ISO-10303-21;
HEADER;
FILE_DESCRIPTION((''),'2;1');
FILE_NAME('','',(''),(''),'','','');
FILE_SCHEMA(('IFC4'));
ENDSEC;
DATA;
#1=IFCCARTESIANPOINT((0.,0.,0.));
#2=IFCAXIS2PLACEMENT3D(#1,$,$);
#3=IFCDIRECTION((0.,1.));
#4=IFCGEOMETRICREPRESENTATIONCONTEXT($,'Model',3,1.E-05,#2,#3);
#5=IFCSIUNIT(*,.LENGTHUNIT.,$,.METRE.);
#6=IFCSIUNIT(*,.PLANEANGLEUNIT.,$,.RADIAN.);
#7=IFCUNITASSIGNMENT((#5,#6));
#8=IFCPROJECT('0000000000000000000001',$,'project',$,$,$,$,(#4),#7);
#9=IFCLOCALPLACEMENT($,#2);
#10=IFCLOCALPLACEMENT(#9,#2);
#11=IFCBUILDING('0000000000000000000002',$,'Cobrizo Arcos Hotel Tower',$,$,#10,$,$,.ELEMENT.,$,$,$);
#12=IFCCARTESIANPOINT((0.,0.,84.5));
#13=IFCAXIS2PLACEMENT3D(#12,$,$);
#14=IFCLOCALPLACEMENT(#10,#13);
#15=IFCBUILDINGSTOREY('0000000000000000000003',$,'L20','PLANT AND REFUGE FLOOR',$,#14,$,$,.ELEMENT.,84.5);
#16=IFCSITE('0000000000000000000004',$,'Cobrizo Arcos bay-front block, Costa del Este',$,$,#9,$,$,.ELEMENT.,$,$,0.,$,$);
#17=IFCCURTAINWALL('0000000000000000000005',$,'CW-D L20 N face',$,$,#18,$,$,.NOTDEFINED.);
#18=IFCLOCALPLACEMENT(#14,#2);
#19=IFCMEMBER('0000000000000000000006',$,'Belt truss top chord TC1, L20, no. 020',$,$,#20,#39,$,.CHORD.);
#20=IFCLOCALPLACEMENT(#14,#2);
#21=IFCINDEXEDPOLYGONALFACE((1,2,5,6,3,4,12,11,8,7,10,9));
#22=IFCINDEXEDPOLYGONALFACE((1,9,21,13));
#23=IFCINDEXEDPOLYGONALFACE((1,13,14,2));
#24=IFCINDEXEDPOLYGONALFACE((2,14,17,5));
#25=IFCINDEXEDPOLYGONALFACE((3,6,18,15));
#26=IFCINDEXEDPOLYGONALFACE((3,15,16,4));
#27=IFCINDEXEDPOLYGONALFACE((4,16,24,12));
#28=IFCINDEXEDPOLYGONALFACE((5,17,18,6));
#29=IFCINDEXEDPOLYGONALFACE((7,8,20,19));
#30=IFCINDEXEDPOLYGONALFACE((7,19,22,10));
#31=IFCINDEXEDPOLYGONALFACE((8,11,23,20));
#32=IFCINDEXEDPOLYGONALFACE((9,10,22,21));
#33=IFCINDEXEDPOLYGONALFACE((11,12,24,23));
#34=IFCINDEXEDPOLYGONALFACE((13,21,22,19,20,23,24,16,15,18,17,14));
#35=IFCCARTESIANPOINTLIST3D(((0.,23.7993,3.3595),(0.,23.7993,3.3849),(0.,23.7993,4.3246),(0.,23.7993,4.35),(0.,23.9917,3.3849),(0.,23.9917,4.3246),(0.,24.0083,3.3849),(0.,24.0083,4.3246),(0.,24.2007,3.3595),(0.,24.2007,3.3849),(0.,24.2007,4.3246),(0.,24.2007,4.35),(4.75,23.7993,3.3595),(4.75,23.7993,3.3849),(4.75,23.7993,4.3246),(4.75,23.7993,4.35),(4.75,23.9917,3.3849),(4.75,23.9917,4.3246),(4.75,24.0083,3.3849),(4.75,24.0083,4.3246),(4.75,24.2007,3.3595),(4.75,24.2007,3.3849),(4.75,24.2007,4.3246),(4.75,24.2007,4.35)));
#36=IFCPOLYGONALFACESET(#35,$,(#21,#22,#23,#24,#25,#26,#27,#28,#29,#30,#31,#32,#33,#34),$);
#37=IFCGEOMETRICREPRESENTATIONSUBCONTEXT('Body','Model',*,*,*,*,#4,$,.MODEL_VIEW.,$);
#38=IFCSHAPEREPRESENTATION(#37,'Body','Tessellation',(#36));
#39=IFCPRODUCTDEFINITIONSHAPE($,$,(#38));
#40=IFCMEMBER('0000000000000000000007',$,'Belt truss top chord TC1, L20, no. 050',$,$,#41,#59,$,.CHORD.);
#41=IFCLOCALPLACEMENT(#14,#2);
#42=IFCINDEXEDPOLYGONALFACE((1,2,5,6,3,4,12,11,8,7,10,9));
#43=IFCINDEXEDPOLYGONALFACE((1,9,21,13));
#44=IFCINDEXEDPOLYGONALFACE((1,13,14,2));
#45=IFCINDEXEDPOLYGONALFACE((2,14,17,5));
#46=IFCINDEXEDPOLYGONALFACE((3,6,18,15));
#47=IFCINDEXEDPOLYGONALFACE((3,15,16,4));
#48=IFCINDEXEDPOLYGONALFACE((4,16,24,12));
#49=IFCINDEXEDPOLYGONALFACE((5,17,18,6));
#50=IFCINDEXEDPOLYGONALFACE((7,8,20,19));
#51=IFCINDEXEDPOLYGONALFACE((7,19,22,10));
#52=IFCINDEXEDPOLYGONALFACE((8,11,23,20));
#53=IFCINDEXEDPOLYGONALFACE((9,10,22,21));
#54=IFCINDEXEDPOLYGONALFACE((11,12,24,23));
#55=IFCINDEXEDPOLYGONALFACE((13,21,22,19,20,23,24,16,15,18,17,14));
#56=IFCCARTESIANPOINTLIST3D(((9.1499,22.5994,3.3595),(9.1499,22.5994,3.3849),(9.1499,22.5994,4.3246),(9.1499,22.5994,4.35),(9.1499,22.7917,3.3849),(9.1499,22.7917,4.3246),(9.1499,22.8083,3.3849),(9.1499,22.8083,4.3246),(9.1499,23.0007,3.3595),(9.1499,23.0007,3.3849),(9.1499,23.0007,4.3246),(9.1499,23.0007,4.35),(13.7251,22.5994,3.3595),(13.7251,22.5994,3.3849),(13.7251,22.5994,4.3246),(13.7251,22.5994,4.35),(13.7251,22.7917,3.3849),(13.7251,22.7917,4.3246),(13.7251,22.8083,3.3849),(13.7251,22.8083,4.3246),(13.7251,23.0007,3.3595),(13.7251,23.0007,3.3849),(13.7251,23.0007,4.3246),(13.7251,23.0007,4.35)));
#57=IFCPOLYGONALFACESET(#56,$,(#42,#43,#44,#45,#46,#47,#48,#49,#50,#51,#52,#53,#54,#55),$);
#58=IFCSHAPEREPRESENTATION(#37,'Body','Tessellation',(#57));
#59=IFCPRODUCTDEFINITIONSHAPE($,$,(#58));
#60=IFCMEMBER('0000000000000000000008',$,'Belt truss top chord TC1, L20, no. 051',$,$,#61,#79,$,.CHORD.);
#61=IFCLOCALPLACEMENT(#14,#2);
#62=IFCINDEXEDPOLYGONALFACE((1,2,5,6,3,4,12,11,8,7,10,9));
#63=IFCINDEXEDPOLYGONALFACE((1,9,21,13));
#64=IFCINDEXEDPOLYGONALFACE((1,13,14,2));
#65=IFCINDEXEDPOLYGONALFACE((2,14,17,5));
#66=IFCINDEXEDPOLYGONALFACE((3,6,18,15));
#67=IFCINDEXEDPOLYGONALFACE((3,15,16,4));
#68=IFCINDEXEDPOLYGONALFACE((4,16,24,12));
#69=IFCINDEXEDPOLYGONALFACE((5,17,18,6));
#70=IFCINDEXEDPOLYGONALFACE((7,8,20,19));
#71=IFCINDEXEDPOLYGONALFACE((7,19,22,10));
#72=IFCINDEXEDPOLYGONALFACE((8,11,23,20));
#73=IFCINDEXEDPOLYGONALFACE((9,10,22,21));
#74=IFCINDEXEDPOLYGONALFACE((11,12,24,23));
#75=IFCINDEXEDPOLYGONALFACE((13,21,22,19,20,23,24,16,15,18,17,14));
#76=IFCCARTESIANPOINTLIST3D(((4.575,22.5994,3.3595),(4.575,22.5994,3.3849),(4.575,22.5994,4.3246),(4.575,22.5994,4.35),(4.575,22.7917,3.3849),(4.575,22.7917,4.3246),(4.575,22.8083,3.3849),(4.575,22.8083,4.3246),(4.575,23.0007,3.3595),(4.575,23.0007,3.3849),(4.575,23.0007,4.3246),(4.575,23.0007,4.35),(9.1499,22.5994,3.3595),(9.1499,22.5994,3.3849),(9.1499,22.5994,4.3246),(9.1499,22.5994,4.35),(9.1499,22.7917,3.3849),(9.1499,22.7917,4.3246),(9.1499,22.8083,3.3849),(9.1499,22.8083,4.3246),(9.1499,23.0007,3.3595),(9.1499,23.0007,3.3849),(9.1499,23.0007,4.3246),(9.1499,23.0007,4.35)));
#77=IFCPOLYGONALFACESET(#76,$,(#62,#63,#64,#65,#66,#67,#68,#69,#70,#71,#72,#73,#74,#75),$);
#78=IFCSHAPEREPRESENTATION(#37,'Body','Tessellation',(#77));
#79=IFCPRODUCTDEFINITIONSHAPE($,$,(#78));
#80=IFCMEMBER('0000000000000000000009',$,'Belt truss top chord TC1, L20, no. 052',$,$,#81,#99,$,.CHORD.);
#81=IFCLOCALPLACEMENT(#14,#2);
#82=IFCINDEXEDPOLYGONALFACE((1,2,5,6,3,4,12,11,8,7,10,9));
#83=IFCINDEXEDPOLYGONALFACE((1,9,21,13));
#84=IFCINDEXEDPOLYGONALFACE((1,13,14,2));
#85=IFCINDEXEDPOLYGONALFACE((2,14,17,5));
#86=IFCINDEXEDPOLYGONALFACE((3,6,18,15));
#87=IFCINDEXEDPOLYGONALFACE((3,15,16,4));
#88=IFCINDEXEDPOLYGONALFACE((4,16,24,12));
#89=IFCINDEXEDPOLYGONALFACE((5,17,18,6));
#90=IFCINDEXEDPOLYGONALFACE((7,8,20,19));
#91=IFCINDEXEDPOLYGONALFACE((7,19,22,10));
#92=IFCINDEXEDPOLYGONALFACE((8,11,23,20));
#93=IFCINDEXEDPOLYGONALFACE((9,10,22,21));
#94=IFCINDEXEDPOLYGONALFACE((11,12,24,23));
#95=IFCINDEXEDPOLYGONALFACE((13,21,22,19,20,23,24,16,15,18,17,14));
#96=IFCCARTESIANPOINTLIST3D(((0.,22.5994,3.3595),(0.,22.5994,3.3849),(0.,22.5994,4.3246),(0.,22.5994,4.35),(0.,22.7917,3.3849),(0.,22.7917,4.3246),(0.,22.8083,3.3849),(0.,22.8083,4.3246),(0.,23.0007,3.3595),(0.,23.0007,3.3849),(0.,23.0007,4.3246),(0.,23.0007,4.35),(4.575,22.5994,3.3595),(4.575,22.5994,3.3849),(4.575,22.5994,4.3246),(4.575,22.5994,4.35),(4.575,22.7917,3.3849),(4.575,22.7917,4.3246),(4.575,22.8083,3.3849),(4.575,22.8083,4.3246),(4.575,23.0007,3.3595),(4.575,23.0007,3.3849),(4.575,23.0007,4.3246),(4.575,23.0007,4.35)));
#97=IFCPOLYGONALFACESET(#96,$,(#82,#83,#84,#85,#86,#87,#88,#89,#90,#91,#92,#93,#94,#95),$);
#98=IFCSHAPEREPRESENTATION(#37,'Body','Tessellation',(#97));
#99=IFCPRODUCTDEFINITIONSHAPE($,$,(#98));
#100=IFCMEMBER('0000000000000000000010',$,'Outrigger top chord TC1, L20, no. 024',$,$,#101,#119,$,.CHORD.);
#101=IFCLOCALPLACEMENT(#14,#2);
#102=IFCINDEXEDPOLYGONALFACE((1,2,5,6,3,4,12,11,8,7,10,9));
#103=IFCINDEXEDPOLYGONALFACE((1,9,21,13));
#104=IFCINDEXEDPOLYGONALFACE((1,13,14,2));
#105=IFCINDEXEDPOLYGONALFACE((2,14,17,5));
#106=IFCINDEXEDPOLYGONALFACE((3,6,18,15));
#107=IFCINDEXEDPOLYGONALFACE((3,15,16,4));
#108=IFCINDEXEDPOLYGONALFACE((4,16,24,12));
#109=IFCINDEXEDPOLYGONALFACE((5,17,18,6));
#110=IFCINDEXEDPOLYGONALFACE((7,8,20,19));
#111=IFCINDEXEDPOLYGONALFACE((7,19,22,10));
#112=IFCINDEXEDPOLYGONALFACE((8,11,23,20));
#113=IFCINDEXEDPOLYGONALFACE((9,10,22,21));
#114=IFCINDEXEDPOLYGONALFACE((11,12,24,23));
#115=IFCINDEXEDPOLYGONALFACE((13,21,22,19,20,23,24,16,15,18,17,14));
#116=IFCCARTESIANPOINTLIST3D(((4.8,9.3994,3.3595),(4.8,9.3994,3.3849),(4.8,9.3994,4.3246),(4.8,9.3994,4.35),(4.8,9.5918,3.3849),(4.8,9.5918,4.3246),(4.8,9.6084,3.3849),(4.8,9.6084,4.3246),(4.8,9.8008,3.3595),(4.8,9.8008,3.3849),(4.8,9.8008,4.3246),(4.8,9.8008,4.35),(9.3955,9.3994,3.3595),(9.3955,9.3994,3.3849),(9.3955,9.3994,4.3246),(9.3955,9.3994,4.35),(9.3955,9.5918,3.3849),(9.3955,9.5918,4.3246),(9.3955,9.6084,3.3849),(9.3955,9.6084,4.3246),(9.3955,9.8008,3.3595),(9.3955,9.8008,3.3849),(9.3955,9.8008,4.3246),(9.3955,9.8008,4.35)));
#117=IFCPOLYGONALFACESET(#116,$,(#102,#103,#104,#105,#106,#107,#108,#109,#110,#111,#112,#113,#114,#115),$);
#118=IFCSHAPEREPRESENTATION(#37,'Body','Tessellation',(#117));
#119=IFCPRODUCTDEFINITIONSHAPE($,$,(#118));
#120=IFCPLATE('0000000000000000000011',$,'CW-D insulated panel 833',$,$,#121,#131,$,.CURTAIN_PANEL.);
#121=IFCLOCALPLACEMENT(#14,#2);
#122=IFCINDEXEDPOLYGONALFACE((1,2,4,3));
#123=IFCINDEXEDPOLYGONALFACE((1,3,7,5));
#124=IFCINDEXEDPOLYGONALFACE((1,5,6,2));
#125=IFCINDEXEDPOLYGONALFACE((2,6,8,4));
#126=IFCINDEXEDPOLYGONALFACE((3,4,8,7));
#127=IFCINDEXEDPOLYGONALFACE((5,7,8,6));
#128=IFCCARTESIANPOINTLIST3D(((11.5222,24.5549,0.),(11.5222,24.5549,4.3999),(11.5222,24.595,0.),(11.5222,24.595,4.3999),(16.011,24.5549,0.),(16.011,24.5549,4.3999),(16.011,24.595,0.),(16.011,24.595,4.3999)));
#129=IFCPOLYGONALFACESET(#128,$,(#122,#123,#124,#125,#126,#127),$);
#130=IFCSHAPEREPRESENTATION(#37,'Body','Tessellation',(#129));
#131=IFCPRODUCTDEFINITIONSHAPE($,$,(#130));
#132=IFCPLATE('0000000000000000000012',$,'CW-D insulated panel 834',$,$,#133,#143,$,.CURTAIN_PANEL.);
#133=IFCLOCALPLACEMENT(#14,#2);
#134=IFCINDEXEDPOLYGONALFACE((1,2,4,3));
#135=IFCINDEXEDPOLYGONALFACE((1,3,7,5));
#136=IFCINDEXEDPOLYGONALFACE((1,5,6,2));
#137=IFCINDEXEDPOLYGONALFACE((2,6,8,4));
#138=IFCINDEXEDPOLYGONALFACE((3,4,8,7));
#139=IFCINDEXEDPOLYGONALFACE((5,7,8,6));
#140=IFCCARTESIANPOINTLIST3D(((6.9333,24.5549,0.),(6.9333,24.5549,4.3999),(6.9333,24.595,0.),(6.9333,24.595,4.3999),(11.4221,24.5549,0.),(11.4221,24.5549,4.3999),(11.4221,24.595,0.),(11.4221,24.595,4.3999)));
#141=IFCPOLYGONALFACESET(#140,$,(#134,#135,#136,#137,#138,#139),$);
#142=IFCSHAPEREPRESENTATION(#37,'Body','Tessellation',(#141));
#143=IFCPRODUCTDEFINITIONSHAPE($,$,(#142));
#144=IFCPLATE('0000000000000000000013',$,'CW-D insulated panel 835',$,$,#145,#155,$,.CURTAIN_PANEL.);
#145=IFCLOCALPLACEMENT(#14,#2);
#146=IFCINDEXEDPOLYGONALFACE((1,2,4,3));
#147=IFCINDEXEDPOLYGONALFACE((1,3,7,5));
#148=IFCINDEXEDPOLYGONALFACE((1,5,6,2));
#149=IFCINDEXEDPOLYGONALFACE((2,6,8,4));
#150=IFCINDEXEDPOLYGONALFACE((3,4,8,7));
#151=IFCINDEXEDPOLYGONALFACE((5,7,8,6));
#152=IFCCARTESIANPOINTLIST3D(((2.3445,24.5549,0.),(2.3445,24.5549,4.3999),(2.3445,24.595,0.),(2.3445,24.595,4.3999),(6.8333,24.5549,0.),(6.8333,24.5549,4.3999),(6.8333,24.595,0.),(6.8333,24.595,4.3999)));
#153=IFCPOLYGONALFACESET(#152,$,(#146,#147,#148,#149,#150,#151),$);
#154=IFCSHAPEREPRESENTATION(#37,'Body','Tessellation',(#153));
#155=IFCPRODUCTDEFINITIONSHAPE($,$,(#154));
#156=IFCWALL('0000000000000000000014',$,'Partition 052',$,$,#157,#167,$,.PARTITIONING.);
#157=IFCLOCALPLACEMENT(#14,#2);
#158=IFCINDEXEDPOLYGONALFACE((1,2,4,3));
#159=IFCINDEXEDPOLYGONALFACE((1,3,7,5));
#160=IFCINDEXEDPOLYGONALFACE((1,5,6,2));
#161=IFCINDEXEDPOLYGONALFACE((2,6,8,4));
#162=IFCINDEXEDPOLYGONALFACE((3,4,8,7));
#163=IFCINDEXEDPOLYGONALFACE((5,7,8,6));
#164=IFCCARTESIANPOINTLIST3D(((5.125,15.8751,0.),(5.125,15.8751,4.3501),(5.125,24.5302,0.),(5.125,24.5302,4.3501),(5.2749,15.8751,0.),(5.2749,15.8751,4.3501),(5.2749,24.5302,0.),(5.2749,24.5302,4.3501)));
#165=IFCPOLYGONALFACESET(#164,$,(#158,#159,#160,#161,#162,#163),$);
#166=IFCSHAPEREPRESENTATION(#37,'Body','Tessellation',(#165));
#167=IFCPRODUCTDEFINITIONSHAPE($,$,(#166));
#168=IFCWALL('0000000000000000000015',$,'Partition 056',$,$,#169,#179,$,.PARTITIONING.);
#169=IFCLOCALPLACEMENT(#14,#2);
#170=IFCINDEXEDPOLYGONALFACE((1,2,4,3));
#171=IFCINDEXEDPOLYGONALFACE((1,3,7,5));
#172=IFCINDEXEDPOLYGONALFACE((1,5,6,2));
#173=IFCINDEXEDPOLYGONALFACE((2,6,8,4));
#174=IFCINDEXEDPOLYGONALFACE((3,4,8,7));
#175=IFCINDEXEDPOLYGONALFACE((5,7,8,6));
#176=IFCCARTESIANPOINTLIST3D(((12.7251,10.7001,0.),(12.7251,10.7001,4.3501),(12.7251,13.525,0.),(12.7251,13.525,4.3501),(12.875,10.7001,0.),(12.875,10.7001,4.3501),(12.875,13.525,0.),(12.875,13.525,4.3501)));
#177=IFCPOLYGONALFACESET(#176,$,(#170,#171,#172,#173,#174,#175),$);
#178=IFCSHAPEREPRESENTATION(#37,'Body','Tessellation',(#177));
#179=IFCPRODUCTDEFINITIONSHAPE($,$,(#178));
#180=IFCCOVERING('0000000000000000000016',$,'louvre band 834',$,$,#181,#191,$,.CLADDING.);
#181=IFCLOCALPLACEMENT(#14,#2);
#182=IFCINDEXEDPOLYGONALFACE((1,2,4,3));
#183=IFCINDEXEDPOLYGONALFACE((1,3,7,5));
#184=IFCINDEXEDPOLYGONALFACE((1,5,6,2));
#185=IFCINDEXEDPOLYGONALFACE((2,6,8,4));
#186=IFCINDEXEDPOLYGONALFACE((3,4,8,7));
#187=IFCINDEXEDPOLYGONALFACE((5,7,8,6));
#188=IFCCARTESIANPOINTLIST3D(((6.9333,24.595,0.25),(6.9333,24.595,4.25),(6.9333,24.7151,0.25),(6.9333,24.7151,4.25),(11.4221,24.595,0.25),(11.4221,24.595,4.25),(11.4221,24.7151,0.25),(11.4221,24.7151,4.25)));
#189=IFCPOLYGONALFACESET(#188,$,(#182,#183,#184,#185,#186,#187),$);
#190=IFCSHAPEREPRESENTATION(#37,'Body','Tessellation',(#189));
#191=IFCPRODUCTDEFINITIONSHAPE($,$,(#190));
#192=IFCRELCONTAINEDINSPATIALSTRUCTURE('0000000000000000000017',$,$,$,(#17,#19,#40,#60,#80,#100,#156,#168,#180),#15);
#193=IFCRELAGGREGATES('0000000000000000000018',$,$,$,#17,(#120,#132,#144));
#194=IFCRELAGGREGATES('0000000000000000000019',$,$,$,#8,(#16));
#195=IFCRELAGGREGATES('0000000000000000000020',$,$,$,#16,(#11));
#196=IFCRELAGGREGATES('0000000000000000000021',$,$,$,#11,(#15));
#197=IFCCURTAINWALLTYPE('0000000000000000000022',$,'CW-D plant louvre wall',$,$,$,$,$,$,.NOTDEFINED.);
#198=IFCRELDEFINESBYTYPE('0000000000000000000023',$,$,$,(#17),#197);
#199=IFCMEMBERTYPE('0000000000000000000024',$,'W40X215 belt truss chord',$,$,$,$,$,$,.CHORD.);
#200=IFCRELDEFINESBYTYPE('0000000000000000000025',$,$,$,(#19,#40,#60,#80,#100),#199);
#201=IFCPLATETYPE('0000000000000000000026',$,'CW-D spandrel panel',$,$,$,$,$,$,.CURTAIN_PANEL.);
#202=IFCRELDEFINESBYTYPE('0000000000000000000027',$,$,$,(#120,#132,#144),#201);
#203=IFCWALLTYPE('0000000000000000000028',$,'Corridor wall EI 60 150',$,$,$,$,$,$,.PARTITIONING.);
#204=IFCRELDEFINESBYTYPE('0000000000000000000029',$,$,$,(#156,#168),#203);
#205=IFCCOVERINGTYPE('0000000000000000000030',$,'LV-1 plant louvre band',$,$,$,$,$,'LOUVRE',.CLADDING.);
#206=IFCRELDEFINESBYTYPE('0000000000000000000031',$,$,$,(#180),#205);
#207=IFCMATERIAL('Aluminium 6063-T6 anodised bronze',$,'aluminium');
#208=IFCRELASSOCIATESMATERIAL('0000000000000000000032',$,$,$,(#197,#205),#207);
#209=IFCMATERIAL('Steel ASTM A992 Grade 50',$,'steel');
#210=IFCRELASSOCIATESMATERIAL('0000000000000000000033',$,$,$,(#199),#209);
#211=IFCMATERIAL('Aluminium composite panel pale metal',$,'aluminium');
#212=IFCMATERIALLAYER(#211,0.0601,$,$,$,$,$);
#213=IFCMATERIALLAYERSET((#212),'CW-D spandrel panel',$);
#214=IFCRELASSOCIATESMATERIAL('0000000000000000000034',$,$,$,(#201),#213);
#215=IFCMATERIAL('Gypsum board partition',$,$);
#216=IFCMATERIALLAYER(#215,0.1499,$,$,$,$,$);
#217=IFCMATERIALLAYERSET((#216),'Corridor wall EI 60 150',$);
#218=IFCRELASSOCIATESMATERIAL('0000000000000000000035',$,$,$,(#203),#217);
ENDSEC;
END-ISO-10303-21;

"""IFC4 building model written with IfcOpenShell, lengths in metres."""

from ifc_helpers import new_model, si_unit, direction, frame, frame_2d, origin, origin_2d, place, context, subcontext, project, spatial, rectangle, i_section, extrude, material, layer, layer_set, material_profile, profile_set, type_object, element, aggregate, save


model = new_model("IFC4")

# Units and contexts
model_context = context("Model", 3, precision=1e-05, world=origin(), true_north=direction((0.0, 1.0)))
body_context = subcontext(model_context, "Body", "Model", "MODEL_VIEW")
ifc_project = project(units=[si_unit("LENGTHUNIT", "METRE"), si_unit("PLANEANGLEUNIT", "RADIAN")], contexts=[model_context])

# Site, building, storey
site_placement = place(None, origin())
site = spatial("IfcSite", under=ifc_project, at=site_placement, Name="Cobrizo Arcos bay-front block, Costa del Este", CompositionType="ELEMENT", RefElevation=0.0)
building_placement = place(site_placement, origin())
building = spatial("IfcBuilding", under=site, at=building_placement, Name="Cobrizo Arcos Hotel Tower", CompositionType="ELEMENT")
storey_placement = place(building_placement, frame((0.0, 0.0, 84.5)))
storey = spatial("IfcBuildingStorey", under=building, at=storey_placement, Name="L20", Description="PLANT AND REFUGE FLOOR", CompositionType="ELEMENT", Elevation=84.5)

# Curtain wall
ifc_material_1 = material(Name="Aluminium 6063-T6 anodised bronze", Category="aluminium")
curtain_wall_type = type_object("IfcCurtainWallType", Name="CW-D plant louvre wall", PredefinedType="NOTDEFINED", material=ifc_material_1)
curtain_wall_placement = place(storey_placement, origin())
curtain_wall = element("IfcCurtainWall", 1, at=curtain_wall_placement, inside=storey, type_object=curtain_wall_type, Name="CW-D L20 N face", PredefinedType="NOTDEFINED")

# Members
ifc_material_2 = material(Name="Steel ASTM A992 Grade 50", Category="steel")
ifc_material_profile_1 = material_profile(ifc_material_2, i_section(OverallWidth=0.4014, OverallDepth=0.9905, WebThickness=0.0166, FlangeThickness=0.0254, at=origin_2d()), Name="W40X215")
ifc_profile_set_1 = profile_set([ifc_material_profile_1], Name="Steel ASTM A992 Grade 50")
member_type_1 = type_object("IfcMemberType", Name="W40X215 belt truss chord", PredefinedType="CHORD", material=ifc_profile_set_1)
member_1_placement = place(storey_placement, frame((4.75, 24.0, 3.8547), z_axis=(-1.0, 0.0, 0.0), x_axis=(0.0, -1.0, 0.0)))
element("IfcMember", 2, at=member_1_placement, inside=storey, type_object=member_type_1, Name="Belt truss top chord TC1, L20, no. 020", PredefinedType="CHORD", context=body_context, shape_type="SweptSolid", body=[
    extrude(i_section(OverallWidth=0.4014, OverallDepth=0.9905, WebThickness=0.0166, FlangeThickness=0.0254, at=origin_2d()), origin(), (0.0, 0.0, 1.0), 4.75),
])
member_2_placement = place(storey_placement, frame((13.7251, 22.8, 3.8547), z_axis=(-1.0, 0.0, 0.0), x_axis=(0.0, -1.0, 0.0)))
element("IfcMember", 3, at=member_2_placement, inside=storey, type_object=member_type_1, Name="Belt truss top chord TC1, L20, no. 050", PredefinedType="CHORD", context=body_context, shape_type="SweptSolid", body=[
    extrude(i_section(OverallWidth=0.4014, OverallDepth=0.9905, WebThickness=0.0166, FlangeThickness=0.0254, at=origin_2d()), origin(), (0.0, 0.0, 1.0), 4.5752),
])
for number, where, z_axis, x_axis, name in (
    (4, (9.1499, 22.8, 3.8547), (-1.0, 0.0, 0.0), (0.0, -1.0, 0.0), "Belt truss top chord TC1, L20, no. 051"),
    (5, (4.575, 22.8, 3.8547), (-1.0, 0.0, 0.0), (0.0, -1.0, 0.0), "Belt truss top chord TC1, L20, no. 052"),
):
    element("IfcMember", number, at=place(storey_placement, frame(where, z_axis=z_axis, x_axis=x_axis)), inside=storey, type_object=member_type_1, Name=name, PredefinedType="CHORD", context=body_context, shape_type="SweptSolid", body=[
        extrude(i_section(OverallWidth=0.4014, OverallDepth=0.9905, WebThickness=0.0166, FlangeThickness=0.0254, at=origin_2d()), origin(), (0.0, 0.0, 1.0), 4.575),
    ])
member_3_placement = place(storey_placement, frame((4.8, 9.6001, 3.8547), z_axis=(1.0, 0.0, 0.0), x_axis=(0.0, 1.0, 0.0)))
element("IfcMember", 6, at=member_3_placement, inside=storey, type_object=member_type_1, Name="Outrigger top chord TC1, L20, no. 024", PredefinedType="CHORD", context=body_context, shape_type="SweptSolid", body=[
    extrude(i_section(OverallWidth=0.4014, OverallDepth=0.9905, WebThickness=0.0166, FlangeThickness=0.0254, at=origin_2d()), origin(), (0.0, 0.0, 1.0), 4.5955),
])

# Plates
ifc_material_3 = material(Name="Aluminium composite panel pale metal", Category="aluminium")
ifc_layer_1 = layer(ifc_material_3, 0.0601)
ifc_layer_set_1 = layer_set([ifc_layer_1], Name="CW-D spandrel panel")
plate_type = type_object("IfcPlateType", Name="CW-D spandrel panel", PredefinedType="CURTAIN_PANEL", material=ifc_layer_set_1)
plate_1_placement = place(storey_placement, frame((13.7666, 24.575, 0.0), z_axis=(0.0, 0.0, 1.0), x_axis=(-1.0, 0.0, 0.0)))
plate_1 = element("IfcPlate", 7, at=plate_1_placement, type_object=plate_type, Name="CW-D insulated panel 833", PredefinedType="CURTAIN_PANEL", context=body_context, shape_type="SweptSolid", body=[
    extrude(rectangle(XDim=4.4888, YDim=0.04, at=origin_2d()), origin(), (0.0, 0.0, 1.0), 4.3999),
])
plate_2_placement = place(storey_placement, frame((9.1777, 24.575, 0.0), z_axis=(0.0, 0.0, 1.0), x_axis=(-1.0, 0.0, 0.0)))
plate_2 = element("IfcPlate", 8, at=plate_2_placement, type_object=plate_type, Name="CW-D insulated panel 834", PredefinedType="CURTAIN_PANEL", context=body_context, shape_type="SweptSolid", body=[
    extrude(rectangle(XDim=4.4888, YDim=0.04, at=origin_2d()), origin(), (0.0, 0.0, 1.0), 4.3999),
])
plate_3_placement = place(storey_placement, frame((4.5889, 24.575, 0.0), z_axis=(0.0, 0.0, 1.0), x_axis=(-1.0, 0.0, 0.0)))
plate_3 = element("IfcPlate", 9, at=plate_3_placement, type_object=plate_type, Name="CW-D insulated panel 835", PredefinedType="CURTAIN_PANEL", context=body_context, shape_type="SweptSolid", body=[
    extrude(rectangle(XDim=4.4888, YDim=0.04, at=origin_2d()), origin(), (0.0, 0.0, 1.0), 4.3999),
])
aggregate(curtain_wall, [plate_1, plate_2, plate_3])

# Walls
ifc_material_4 = material(Name="Gypsum board partition")
ifc_layer_2 = layer(ifc_material_4, 0.1499)
ifc_layer_set_2 = layer_set([ifc_layer_2], Name="Corridor wall EI 60 150")
wall_type = type_object("IfcWallType", Name="Corridor wall EI 60 150", PredefinedType="PARTITIONING", material=ifc_layer_set_2)
wall_1_placement = place(storey_placement, frame((5.2, 15.875, 0.0), z_axis=(0.0, 0.0, 1.0), x_axis=(0.0, 1.0, 0.0)))
element("IfcWall", 10, at=wall_1_placement, inside=storey, type_object=wall_type, Name="Partition 052", PredefinedType="PARTITIONING", context=body_context, shape_type="SweptSolid", body=[
    extrude(rectangle(XDim=8.655, YDim=0.1499, at=frame_2d((4.3276, 0.0))), origin(), (0.0, 0.0, 1.0), 4.3501),
])
wall_2_placement = place(storey_placement, frame((12.8, 10.7, 0.0), z_axis=(0.0, 0.0, 1.0), x_axis=(0.0, 1.0, 0.0)))
element("IfcWall", 11, at=wall_2_placement, inside=storey, type_object=wall_type, Name="Partition 056", PredefinedType="PARTITIONING", context=body_context, shape_type="SweptSolid", body=[
    extrude(rectangle(XDim=2.825, YDim=0.1499, at=frame_2d((1.4126, 0.0))), origin(), (0.0, 0.0, 1.0), 4.3501),
])

# Covering
covering_type = type_object("IfcCoveringType", Name="LV-1 plant louvre band", ElementType="LOUVRE", PredefinedType="CLADDING", material=ifc_material_1)
for number, where, z_axis, x_axis, name in (
    (12, (9.1777, 24.655, 0.25), (0.0, 0.0, 1.0), (-1.0, 0.0, 0.0), "louvre band 834"),
):
    element("IfcCovering", number, at=place(storey_placement, frame(where, z_axis=z_axis, x_axis=x_axis)), inside=storey, type_object=covering_type, Name=name, PredefinedType="CLADDING", context=body_context, shape_type="SweptSolid", body=[
        extrude(rectangle(XDim=4.4888, YDim=0.1201, at=origin_2d()), origin(), (0.0, 0.0, 1.0), 4.0),
    ])

save(model, "model.ifc")
